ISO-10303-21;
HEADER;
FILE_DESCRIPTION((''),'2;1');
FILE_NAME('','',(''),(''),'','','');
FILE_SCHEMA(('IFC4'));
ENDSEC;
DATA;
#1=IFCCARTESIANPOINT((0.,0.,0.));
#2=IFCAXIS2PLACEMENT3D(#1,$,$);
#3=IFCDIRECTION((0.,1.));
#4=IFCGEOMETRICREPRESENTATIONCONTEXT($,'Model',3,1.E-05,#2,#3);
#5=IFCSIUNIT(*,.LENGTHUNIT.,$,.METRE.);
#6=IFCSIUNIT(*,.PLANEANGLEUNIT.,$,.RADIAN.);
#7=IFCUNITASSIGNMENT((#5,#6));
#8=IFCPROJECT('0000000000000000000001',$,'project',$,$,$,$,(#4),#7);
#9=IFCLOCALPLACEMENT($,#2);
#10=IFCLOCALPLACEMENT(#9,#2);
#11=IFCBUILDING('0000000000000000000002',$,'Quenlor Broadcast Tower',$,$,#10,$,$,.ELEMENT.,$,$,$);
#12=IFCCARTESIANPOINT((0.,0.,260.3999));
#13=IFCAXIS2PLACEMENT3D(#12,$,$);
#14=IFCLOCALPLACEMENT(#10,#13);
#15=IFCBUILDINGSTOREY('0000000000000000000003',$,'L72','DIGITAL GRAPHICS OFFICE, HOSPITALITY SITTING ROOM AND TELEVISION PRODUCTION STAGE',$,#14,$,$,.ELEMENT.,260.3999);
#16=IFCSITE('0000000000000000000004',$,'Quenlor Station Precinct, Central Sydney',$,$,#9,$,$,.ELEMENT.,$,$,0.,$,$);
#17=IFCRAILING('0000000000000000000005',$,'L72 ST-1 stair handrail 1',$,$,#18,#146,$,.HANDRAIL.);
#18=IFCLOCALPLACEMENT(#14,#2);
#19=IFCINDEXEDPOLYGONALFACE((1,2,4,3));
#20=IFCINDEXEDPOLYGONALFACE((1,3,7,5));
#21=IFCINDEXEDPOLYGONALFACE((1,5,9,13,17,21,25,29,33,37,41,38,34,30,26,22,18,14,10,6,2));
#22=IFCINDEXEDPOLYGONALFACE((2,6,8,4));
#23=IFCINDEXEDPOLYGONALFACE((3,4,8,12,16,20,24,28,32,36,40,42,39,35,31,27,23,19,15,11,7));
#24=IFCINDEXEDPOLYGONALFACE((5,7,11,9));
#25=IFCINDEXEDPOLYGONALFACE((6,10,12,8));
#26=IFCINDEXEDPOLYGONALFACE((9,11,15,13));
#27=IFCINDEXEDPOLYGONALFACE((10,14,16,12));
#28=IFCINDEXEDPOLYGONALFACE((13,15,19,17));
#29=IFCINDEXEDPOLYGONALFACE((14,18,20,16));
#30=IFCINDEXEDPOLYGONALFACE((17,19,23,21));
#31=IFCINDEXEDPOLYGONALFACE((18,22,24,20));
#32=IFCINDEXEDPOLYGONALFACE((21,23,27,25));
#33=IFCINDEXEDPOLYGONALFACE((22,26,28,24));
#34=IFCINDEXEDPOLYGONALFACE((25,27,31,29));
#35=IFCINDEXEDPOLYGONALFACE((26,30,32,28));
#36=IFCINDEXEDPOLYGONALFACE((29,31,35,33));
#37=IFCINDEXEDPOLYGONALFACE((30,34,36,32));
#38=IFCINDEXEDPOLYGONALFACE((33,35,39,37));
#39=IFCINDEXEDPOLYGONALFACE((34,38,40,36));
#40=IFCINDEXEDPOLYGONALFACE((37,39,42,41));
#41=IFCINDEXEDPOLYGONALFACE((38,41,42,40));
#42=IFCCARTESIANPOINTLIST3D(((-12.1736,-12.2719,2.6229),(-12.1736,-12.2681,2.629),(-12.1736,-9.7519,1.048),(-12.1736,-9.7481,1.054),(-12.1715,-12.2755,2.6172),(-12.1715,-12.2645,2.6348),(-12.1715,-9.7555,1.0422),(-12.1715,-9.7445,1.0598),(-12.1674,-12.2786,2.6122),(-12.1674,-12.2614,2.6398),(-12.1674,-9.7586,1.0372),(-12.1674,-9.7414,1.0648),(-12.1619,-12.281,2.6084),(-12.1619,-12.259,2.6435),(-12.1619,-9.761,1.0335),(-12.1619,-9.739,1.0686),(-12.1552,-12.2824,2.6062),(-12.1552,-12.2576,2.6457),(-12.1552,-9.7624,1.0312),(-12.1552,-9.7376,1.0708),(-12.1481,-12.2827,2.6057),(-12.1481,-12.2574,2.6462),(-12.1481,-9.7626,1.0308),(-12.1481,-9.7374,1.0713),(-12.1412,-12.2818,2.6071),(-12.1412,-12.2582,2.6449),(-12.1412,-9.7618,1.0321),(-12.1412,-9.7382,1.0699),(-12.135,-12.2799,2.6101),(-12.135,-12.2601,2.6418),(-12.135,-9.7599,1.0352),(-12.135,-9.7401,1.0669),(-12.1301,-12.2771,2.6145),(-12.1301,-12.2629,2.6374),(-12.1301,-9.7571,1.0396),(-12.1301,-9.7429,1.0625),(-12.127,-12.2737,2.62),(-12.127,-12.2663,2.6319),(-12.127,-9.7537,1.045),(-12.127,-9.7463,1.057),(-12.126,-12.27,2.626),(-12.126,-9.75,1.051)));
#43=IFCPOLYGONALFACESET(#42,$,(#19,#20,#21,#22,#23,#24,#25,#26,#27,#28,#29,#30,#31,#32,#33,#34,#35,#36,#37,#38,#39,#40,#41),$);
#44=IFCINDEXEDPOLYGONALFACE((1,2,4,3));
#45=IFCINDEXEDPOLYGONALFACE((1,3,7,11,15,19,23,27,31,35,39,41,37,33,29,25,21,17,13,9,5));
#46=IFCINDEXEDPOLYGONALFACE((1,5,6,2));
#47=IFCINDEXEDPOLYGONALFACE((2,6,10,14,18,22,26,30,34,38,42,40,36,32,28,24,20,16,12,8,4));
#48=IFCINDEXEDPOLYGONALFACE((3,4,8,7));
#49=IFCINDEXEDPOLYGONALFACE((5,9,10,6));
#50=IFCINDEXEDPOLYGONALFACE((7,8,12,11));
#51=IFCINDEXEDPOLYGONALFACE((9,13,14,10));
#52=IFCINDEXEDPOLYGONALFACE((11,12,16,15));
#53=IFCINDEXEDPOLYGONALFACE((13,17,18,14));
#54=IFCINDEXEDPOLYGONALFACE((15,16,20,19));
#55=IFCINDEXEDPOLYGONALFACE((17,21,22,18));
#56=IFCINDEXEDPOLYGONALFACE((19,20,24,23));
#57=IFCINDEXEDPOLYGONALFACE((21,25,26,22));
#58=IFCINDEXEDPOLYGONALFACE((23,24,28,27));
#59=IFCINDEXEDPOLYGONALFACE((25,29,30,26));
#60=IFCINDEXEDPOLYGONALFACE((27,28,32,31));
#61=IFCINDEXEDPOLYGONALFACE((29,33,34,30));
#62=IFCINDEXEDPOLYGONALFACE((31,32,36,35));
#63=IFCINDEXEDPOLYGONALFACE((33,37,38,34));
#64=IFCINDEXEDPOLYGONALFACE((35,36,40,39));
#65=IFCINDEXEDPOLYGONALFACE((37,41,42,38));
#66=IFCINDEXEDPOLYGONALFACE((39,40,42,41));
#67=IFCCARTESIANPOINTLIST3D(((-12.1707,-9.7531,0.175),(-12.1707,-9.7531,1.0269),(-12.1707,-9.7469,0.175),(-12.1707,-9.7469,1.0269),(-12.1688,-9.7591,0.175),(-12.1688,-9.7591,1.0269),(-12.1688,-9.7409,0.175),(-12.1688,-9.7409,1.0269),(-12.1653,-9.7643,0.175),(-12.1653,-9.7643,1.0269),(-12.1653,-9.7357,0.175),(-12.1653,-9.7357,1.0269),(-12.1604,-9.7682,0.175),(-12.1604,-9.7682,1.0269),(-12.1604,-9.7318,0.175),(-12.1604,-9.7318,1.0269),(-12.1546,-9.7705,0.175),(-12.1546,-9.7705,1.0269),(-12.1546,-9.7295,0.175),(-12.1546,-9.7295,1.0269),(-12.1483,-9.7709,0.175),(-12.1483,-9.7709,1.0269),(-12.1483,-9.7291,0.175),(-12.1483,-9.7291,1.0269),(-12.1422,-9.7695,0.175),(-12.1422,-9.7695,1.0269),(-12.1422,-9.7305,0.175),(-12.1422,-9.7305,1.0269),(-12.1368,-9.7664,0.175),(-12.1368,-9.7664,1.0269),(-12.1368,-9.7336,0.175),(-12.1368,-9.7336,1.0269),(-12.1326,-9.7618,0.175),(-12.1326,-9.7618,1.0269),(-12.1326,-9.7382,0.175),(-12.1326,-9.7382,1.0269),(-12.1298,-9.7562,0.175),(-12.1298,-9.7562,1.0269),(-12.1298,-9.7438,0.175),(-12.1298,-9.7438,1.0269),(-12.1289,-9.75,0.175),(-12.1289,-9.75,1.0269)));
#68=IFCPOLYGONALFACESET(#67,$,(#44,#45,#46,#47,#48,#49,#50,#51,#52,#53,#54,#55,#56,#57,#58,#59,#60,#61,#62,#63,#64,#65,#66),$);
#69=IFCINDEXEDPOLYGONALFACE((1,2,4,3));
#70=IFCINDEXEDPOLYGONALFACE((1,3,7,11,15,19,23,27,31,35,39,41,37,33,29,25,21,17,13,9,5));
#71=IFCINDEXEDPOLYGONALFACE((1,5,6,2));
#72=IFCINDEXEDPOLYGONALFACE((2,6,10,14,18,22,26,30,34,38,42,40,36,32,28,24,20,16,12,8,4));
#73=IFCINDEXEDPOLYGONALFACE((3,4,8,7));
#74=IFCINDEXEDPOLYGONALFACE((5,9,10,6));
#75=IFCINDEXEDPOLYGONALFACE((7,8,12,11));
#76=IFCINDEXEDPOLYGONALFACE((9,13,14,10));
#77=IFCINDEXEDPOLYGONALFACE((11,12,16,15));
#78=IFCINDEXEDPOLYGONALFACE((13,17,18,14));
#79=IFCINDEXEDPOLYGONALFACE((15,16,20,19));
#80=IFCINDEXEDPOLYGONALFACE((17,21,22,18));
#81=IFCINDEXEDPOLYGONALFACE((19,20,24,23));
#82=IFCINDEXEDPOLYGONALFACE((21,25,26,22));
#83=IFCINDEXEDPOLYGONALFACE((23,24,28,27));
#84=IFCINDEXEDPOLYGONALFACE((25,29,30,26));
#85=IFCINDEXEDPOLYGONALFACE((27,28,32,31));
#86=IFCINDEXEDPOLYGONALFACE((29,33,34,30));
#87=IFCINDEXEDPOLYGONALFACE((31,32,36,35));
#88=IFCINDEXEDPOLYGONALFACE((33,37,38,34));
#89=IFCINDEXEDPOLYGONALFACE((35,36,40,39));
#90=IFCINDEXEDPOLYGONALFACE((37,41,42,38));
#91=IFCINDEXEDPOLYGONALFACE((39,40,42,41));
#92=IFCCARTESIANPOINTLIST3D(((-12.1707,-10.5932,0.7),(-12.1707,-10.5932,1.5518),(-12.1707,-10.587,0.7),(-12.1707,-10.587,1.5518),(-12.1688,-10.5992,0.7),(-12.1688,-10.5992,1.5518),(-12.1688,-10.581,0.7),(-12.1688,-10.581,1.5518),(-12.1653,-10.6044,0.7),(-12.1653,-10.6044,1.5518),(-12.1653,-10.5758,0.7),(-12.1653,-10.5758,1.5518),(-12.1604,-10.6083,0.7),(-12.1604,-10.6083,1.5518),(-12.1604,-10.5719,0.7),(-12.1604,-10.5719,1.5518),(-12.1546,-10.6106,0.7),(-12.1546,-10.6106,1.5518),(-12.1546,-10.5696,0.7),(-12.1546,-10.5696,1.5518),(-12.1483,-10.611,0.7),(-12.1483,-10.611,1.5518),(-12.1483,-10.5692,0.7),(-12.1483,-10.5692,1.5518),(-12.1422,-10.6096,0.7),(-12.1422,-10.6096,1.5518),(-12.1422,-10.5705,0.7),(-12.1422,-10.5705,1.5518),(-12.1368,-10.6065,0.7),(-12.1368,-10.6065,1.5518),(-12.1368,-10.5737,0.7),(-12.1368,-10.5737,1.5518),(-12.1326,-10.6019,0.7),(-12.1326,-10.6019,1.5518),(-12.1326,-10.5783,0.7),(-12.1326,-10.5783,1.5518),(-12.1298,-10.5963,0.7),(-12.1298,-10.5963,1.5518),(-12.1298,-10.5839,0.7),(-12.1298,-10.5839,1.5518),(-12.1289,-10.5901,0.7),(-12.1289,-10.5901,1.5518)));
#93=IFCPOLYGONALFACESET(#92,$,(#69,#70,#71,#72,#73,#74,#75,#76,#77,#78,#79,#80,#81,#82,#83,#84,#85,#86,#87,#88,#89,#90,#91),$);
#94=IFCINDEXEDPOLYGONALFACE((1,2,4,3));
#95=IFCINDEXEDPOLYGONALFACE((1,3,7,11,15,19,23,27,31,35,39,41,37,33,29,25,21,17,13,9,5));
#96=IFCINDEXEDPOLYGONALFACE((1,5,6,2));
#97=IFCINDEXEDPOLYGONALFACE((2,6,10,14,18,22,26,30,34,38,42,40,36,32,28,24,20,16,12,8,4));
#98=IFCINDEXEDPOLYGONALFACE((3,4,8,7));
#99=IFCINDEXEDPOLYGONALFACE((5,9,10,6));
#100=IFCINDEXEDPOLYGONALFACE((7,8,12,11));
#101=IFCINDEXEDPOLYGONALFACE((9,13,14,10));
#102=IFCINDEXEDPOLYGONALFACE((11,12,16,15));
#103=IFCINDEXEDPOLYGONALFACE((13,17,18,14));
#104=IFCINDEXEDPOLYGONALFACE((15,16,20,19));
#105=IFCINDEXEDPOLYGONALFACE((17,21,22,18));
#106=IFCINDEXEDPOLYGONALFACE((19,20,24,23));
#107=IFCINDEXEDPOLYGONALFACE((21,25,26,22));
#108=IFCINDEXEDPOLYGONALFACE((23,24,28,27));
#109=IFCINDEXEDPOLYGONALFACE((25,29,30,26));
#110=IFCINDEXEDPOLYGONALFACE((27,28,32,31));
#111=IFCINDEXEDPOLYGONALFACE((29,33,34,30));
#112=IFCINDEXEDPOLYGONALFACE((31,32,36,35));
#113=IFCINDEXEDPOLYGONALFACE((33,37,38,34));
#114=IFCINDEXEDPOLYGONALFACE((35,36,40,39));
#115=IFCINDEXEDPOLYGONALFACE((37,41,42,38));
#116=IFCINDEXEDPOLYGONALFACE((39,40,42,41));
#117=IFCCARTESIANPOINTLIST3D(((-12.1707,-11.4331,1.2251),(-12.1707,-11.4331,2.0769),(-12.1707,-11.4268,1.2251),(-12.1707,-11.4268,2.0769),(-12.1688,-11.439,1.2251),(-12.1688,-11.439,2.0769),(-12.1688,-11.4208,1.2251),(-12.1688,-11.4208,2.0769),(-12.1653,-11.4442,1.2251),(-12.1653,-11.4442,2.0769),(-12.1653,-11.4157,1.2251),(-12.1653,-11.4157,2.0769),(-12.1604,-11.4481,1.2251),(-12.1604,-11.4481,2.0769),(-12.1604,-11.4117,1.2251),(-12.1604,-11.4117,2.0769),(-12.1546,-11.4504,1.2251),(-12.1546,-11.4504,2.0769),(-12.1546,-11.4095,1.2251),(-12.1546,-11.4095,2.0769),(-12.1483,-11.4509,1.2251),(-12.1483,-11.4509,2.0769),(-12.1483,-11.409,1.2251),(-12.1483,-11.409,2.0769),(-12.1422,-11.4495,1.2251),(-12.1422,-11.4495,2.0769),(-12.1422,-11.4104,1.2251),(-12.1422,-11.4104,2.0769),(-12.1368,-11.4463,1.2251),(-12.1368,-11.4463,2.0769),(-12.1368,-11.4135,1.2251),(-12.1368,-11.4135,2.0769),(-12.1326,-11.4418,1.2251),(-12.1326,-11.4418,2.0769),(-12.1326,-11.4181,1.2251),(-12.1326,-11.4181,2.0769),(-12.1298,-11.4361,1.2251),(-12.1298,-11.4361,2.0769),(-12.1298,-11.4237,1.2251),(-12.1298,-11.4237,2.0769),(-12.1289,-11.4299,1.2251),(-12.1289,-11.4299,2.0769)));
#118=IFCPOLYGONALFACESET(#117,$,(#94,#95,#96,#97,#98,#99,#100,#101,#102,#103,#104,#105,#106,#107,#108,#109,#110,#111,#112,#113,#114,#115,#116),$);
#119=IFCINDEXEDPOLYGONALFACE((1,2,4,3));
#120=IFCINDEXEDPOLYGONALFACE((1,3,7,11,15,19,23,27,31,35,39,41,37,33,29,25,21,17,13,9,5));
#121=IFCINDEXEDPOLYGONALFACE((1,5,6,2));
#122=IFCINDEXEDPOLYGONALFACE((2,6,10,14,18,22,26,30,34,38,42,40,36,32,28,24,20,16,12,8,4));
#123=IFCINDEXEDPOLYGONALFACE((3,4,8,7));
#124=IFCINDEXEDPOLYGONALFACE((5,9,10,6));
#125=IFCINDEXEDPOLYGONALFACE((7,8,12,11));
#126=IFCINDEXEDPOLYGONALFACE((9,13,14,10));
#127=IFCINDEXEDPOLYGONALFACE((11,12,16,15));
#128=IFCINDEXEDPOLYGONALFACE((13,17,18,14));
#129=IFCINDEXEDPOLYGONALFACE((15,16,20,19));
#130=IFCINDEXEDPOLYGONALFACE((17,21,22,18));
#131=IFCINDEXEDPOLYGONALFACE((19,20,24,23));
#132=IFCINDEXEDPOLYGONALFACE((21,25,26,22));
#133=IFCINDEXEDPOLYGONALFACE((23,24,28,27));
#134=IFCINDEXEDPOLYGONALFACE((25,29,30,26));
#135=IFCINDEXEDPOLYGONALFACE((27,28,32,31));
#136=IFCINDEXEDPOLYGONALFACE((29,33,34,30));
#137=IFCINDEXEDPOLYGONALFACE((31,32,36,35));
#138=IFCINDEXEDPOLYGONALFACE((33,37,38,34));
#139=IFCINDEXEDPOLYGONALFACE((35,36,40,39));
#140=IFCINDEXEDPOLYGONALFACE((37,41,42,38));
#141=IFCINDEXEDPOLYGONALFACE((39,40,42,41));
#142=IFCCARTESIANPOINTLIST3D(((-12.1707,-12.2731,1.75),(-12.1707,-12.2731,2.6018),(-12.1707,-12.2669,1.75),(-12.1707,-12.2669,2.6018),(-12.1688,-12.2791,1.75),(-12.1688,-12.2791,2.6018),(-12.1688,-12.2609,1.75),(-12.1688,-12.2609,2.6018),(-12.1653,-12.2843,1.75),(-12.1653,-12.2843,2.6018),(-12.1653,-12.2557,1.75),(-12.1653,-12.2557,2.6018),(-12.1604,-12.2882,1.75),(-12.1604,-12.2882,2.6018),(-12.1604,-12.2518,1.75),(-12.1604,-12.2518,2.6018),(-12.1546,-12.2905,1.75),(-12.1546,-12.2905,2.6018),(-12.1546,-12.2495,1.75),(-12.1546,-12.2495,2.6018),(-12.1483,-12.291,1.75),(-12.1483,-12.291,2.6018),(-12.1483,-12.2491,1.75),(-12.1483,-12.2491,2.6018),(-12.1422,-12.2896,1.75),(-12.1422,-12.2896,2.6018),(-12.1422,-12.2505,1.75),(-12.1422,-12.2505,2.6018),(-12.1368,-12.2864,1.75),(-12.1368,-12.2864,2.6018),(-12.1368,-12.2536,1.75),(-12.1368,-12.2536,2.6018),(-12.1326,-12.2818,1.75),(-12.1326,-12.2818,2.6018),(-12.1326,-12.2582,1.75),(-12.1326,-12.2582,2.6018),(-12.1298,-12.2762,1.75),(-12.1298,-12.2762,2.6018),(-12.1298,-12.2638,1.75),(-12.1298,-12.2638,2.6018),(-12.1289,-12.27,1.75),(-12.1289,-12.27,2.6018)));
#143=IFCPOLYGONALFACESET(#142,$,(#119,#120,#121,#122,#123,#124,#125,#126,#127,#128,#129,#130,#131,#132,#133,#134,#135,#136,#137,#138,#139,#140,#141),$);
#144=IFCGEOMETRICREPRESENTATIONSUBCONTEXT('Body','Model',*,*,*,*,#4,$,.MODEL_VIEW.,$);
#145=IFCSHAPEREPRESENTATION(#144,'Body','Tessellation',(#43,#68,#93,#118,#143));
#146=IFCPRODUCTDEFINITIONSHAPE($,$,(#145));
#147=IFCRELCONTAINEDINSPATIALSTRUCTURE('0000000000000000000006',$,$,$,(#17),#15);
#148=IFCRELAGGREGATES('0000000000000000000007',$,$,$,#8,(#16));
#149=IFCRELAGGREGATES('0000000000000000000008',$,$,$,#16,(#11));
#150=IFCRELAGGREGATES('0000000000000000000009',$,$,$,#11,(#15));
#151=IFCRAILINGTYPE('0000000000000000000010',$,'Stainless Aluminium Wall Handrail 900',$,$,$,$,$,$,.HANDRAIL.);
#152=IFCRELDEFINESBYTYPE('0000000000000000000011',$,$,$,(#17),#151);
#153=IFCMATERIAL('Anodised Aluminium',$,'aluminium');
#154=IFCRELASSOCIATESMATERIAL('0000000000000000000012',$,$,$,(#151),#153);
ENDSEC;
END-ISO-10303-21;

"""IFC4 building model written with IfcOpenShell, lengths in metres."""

from ifc_helpers import new_model, si_unit, direction, frame, origin, origin_2d, place, context, subcontext, project, spatial, circle, extrude, material, type_object, element, save


model = new_model("IFC4")

# Units and contexts
model_context = context("Model", 3, precision=1e-05, world=origin(), true_north=direction((0.0, 1.0)))
body_context = subcontext(model_context, "Body", "Model", "MODEL_VIEW")
ifc_project = project(units=[si_unit("LENGTHUNIT", "METRE"), si_unit("PLANEANGLEUNIT", "RADIAN")], contexts=[model_context])

# Site, building, storey
site_placement = place(None, origin())
site = spatial("IfcSite", under=ifc_project, at=site_placement, Name="Quenlor Station Precinct, Central Sydney", CompositionType="ELEMENT", RefElevation=0.0)
building_placement = place(site_placement, origin())
building = spatial("IfcBuilding", under=site, at=building_placement, Name="Quenlor Broadcast Tower", CompositionType="ELEMENT")
storey_placement = place(building_placement, frame((0.0, 0.0, 260.3999)))
storey = spatial("IfcBuildingStorey", under=building, at=storey_placement, Name="L72", Description="DIGITAL GRAPHICS OFFICE, HOSPITALITY SITTING ROOM AND TELEVISION PRODUCTION STAGE", CompositionType="ELEMENT", Elevation=260.3999)

# Railing
ifc_material_1 = material(Name="Anodised Aluminium", Category="aluminium")
railing_type = type_object("IfcRailingType", Name="Stainless Aluminium Wall Handrail 900", PredefinedType="HANDRAIL", material=ifc_material_1)
railing_placement = place(storey_placement, frame((-12.1499, -9.75, 0.175)))
element("IfcRailing", 1, at=railing_placement, inside=storey, type_object=railing_type, Name="L72 ST-1 stair handrail 1", PredefinedType="HANDRAIL", context=body_context, shape_type="SweptSolid", body=[
    extrude(circle(Radius=0.0239, at=origin_2d()), frame((0.0, 0.0, 0.876), z_axis=(0.0, -0.848008, 0.529984), x_axis=(1.0, 0.0, 0.0)), (0.0, 0.0, 1.0), 2.9717),
    extrude(circle(Radius=0.021, at=origin_2d()), origin(), (0.0, 0.0, 1.0), 0.8518),
    extrude(circle(Radius=0.021, at=origin_2d()), frame((0.0, -0.8401, 0.5249)), (0.0, 0.0, 1.0), 0.8518),
    extrude(circle(Radius=0.021, at=origin_2d()), frame((0.0, -1.6799, 1.05)), (0.0, 0.0, 1.0), 0.8518),
    extrude(circle(Radius=0.021, at=origin_2d()), frame((0.0, -2.52, 1.575)), (0.0, 0.0, 1.0), 0.8518),
])

save(model, "model.ifc")
